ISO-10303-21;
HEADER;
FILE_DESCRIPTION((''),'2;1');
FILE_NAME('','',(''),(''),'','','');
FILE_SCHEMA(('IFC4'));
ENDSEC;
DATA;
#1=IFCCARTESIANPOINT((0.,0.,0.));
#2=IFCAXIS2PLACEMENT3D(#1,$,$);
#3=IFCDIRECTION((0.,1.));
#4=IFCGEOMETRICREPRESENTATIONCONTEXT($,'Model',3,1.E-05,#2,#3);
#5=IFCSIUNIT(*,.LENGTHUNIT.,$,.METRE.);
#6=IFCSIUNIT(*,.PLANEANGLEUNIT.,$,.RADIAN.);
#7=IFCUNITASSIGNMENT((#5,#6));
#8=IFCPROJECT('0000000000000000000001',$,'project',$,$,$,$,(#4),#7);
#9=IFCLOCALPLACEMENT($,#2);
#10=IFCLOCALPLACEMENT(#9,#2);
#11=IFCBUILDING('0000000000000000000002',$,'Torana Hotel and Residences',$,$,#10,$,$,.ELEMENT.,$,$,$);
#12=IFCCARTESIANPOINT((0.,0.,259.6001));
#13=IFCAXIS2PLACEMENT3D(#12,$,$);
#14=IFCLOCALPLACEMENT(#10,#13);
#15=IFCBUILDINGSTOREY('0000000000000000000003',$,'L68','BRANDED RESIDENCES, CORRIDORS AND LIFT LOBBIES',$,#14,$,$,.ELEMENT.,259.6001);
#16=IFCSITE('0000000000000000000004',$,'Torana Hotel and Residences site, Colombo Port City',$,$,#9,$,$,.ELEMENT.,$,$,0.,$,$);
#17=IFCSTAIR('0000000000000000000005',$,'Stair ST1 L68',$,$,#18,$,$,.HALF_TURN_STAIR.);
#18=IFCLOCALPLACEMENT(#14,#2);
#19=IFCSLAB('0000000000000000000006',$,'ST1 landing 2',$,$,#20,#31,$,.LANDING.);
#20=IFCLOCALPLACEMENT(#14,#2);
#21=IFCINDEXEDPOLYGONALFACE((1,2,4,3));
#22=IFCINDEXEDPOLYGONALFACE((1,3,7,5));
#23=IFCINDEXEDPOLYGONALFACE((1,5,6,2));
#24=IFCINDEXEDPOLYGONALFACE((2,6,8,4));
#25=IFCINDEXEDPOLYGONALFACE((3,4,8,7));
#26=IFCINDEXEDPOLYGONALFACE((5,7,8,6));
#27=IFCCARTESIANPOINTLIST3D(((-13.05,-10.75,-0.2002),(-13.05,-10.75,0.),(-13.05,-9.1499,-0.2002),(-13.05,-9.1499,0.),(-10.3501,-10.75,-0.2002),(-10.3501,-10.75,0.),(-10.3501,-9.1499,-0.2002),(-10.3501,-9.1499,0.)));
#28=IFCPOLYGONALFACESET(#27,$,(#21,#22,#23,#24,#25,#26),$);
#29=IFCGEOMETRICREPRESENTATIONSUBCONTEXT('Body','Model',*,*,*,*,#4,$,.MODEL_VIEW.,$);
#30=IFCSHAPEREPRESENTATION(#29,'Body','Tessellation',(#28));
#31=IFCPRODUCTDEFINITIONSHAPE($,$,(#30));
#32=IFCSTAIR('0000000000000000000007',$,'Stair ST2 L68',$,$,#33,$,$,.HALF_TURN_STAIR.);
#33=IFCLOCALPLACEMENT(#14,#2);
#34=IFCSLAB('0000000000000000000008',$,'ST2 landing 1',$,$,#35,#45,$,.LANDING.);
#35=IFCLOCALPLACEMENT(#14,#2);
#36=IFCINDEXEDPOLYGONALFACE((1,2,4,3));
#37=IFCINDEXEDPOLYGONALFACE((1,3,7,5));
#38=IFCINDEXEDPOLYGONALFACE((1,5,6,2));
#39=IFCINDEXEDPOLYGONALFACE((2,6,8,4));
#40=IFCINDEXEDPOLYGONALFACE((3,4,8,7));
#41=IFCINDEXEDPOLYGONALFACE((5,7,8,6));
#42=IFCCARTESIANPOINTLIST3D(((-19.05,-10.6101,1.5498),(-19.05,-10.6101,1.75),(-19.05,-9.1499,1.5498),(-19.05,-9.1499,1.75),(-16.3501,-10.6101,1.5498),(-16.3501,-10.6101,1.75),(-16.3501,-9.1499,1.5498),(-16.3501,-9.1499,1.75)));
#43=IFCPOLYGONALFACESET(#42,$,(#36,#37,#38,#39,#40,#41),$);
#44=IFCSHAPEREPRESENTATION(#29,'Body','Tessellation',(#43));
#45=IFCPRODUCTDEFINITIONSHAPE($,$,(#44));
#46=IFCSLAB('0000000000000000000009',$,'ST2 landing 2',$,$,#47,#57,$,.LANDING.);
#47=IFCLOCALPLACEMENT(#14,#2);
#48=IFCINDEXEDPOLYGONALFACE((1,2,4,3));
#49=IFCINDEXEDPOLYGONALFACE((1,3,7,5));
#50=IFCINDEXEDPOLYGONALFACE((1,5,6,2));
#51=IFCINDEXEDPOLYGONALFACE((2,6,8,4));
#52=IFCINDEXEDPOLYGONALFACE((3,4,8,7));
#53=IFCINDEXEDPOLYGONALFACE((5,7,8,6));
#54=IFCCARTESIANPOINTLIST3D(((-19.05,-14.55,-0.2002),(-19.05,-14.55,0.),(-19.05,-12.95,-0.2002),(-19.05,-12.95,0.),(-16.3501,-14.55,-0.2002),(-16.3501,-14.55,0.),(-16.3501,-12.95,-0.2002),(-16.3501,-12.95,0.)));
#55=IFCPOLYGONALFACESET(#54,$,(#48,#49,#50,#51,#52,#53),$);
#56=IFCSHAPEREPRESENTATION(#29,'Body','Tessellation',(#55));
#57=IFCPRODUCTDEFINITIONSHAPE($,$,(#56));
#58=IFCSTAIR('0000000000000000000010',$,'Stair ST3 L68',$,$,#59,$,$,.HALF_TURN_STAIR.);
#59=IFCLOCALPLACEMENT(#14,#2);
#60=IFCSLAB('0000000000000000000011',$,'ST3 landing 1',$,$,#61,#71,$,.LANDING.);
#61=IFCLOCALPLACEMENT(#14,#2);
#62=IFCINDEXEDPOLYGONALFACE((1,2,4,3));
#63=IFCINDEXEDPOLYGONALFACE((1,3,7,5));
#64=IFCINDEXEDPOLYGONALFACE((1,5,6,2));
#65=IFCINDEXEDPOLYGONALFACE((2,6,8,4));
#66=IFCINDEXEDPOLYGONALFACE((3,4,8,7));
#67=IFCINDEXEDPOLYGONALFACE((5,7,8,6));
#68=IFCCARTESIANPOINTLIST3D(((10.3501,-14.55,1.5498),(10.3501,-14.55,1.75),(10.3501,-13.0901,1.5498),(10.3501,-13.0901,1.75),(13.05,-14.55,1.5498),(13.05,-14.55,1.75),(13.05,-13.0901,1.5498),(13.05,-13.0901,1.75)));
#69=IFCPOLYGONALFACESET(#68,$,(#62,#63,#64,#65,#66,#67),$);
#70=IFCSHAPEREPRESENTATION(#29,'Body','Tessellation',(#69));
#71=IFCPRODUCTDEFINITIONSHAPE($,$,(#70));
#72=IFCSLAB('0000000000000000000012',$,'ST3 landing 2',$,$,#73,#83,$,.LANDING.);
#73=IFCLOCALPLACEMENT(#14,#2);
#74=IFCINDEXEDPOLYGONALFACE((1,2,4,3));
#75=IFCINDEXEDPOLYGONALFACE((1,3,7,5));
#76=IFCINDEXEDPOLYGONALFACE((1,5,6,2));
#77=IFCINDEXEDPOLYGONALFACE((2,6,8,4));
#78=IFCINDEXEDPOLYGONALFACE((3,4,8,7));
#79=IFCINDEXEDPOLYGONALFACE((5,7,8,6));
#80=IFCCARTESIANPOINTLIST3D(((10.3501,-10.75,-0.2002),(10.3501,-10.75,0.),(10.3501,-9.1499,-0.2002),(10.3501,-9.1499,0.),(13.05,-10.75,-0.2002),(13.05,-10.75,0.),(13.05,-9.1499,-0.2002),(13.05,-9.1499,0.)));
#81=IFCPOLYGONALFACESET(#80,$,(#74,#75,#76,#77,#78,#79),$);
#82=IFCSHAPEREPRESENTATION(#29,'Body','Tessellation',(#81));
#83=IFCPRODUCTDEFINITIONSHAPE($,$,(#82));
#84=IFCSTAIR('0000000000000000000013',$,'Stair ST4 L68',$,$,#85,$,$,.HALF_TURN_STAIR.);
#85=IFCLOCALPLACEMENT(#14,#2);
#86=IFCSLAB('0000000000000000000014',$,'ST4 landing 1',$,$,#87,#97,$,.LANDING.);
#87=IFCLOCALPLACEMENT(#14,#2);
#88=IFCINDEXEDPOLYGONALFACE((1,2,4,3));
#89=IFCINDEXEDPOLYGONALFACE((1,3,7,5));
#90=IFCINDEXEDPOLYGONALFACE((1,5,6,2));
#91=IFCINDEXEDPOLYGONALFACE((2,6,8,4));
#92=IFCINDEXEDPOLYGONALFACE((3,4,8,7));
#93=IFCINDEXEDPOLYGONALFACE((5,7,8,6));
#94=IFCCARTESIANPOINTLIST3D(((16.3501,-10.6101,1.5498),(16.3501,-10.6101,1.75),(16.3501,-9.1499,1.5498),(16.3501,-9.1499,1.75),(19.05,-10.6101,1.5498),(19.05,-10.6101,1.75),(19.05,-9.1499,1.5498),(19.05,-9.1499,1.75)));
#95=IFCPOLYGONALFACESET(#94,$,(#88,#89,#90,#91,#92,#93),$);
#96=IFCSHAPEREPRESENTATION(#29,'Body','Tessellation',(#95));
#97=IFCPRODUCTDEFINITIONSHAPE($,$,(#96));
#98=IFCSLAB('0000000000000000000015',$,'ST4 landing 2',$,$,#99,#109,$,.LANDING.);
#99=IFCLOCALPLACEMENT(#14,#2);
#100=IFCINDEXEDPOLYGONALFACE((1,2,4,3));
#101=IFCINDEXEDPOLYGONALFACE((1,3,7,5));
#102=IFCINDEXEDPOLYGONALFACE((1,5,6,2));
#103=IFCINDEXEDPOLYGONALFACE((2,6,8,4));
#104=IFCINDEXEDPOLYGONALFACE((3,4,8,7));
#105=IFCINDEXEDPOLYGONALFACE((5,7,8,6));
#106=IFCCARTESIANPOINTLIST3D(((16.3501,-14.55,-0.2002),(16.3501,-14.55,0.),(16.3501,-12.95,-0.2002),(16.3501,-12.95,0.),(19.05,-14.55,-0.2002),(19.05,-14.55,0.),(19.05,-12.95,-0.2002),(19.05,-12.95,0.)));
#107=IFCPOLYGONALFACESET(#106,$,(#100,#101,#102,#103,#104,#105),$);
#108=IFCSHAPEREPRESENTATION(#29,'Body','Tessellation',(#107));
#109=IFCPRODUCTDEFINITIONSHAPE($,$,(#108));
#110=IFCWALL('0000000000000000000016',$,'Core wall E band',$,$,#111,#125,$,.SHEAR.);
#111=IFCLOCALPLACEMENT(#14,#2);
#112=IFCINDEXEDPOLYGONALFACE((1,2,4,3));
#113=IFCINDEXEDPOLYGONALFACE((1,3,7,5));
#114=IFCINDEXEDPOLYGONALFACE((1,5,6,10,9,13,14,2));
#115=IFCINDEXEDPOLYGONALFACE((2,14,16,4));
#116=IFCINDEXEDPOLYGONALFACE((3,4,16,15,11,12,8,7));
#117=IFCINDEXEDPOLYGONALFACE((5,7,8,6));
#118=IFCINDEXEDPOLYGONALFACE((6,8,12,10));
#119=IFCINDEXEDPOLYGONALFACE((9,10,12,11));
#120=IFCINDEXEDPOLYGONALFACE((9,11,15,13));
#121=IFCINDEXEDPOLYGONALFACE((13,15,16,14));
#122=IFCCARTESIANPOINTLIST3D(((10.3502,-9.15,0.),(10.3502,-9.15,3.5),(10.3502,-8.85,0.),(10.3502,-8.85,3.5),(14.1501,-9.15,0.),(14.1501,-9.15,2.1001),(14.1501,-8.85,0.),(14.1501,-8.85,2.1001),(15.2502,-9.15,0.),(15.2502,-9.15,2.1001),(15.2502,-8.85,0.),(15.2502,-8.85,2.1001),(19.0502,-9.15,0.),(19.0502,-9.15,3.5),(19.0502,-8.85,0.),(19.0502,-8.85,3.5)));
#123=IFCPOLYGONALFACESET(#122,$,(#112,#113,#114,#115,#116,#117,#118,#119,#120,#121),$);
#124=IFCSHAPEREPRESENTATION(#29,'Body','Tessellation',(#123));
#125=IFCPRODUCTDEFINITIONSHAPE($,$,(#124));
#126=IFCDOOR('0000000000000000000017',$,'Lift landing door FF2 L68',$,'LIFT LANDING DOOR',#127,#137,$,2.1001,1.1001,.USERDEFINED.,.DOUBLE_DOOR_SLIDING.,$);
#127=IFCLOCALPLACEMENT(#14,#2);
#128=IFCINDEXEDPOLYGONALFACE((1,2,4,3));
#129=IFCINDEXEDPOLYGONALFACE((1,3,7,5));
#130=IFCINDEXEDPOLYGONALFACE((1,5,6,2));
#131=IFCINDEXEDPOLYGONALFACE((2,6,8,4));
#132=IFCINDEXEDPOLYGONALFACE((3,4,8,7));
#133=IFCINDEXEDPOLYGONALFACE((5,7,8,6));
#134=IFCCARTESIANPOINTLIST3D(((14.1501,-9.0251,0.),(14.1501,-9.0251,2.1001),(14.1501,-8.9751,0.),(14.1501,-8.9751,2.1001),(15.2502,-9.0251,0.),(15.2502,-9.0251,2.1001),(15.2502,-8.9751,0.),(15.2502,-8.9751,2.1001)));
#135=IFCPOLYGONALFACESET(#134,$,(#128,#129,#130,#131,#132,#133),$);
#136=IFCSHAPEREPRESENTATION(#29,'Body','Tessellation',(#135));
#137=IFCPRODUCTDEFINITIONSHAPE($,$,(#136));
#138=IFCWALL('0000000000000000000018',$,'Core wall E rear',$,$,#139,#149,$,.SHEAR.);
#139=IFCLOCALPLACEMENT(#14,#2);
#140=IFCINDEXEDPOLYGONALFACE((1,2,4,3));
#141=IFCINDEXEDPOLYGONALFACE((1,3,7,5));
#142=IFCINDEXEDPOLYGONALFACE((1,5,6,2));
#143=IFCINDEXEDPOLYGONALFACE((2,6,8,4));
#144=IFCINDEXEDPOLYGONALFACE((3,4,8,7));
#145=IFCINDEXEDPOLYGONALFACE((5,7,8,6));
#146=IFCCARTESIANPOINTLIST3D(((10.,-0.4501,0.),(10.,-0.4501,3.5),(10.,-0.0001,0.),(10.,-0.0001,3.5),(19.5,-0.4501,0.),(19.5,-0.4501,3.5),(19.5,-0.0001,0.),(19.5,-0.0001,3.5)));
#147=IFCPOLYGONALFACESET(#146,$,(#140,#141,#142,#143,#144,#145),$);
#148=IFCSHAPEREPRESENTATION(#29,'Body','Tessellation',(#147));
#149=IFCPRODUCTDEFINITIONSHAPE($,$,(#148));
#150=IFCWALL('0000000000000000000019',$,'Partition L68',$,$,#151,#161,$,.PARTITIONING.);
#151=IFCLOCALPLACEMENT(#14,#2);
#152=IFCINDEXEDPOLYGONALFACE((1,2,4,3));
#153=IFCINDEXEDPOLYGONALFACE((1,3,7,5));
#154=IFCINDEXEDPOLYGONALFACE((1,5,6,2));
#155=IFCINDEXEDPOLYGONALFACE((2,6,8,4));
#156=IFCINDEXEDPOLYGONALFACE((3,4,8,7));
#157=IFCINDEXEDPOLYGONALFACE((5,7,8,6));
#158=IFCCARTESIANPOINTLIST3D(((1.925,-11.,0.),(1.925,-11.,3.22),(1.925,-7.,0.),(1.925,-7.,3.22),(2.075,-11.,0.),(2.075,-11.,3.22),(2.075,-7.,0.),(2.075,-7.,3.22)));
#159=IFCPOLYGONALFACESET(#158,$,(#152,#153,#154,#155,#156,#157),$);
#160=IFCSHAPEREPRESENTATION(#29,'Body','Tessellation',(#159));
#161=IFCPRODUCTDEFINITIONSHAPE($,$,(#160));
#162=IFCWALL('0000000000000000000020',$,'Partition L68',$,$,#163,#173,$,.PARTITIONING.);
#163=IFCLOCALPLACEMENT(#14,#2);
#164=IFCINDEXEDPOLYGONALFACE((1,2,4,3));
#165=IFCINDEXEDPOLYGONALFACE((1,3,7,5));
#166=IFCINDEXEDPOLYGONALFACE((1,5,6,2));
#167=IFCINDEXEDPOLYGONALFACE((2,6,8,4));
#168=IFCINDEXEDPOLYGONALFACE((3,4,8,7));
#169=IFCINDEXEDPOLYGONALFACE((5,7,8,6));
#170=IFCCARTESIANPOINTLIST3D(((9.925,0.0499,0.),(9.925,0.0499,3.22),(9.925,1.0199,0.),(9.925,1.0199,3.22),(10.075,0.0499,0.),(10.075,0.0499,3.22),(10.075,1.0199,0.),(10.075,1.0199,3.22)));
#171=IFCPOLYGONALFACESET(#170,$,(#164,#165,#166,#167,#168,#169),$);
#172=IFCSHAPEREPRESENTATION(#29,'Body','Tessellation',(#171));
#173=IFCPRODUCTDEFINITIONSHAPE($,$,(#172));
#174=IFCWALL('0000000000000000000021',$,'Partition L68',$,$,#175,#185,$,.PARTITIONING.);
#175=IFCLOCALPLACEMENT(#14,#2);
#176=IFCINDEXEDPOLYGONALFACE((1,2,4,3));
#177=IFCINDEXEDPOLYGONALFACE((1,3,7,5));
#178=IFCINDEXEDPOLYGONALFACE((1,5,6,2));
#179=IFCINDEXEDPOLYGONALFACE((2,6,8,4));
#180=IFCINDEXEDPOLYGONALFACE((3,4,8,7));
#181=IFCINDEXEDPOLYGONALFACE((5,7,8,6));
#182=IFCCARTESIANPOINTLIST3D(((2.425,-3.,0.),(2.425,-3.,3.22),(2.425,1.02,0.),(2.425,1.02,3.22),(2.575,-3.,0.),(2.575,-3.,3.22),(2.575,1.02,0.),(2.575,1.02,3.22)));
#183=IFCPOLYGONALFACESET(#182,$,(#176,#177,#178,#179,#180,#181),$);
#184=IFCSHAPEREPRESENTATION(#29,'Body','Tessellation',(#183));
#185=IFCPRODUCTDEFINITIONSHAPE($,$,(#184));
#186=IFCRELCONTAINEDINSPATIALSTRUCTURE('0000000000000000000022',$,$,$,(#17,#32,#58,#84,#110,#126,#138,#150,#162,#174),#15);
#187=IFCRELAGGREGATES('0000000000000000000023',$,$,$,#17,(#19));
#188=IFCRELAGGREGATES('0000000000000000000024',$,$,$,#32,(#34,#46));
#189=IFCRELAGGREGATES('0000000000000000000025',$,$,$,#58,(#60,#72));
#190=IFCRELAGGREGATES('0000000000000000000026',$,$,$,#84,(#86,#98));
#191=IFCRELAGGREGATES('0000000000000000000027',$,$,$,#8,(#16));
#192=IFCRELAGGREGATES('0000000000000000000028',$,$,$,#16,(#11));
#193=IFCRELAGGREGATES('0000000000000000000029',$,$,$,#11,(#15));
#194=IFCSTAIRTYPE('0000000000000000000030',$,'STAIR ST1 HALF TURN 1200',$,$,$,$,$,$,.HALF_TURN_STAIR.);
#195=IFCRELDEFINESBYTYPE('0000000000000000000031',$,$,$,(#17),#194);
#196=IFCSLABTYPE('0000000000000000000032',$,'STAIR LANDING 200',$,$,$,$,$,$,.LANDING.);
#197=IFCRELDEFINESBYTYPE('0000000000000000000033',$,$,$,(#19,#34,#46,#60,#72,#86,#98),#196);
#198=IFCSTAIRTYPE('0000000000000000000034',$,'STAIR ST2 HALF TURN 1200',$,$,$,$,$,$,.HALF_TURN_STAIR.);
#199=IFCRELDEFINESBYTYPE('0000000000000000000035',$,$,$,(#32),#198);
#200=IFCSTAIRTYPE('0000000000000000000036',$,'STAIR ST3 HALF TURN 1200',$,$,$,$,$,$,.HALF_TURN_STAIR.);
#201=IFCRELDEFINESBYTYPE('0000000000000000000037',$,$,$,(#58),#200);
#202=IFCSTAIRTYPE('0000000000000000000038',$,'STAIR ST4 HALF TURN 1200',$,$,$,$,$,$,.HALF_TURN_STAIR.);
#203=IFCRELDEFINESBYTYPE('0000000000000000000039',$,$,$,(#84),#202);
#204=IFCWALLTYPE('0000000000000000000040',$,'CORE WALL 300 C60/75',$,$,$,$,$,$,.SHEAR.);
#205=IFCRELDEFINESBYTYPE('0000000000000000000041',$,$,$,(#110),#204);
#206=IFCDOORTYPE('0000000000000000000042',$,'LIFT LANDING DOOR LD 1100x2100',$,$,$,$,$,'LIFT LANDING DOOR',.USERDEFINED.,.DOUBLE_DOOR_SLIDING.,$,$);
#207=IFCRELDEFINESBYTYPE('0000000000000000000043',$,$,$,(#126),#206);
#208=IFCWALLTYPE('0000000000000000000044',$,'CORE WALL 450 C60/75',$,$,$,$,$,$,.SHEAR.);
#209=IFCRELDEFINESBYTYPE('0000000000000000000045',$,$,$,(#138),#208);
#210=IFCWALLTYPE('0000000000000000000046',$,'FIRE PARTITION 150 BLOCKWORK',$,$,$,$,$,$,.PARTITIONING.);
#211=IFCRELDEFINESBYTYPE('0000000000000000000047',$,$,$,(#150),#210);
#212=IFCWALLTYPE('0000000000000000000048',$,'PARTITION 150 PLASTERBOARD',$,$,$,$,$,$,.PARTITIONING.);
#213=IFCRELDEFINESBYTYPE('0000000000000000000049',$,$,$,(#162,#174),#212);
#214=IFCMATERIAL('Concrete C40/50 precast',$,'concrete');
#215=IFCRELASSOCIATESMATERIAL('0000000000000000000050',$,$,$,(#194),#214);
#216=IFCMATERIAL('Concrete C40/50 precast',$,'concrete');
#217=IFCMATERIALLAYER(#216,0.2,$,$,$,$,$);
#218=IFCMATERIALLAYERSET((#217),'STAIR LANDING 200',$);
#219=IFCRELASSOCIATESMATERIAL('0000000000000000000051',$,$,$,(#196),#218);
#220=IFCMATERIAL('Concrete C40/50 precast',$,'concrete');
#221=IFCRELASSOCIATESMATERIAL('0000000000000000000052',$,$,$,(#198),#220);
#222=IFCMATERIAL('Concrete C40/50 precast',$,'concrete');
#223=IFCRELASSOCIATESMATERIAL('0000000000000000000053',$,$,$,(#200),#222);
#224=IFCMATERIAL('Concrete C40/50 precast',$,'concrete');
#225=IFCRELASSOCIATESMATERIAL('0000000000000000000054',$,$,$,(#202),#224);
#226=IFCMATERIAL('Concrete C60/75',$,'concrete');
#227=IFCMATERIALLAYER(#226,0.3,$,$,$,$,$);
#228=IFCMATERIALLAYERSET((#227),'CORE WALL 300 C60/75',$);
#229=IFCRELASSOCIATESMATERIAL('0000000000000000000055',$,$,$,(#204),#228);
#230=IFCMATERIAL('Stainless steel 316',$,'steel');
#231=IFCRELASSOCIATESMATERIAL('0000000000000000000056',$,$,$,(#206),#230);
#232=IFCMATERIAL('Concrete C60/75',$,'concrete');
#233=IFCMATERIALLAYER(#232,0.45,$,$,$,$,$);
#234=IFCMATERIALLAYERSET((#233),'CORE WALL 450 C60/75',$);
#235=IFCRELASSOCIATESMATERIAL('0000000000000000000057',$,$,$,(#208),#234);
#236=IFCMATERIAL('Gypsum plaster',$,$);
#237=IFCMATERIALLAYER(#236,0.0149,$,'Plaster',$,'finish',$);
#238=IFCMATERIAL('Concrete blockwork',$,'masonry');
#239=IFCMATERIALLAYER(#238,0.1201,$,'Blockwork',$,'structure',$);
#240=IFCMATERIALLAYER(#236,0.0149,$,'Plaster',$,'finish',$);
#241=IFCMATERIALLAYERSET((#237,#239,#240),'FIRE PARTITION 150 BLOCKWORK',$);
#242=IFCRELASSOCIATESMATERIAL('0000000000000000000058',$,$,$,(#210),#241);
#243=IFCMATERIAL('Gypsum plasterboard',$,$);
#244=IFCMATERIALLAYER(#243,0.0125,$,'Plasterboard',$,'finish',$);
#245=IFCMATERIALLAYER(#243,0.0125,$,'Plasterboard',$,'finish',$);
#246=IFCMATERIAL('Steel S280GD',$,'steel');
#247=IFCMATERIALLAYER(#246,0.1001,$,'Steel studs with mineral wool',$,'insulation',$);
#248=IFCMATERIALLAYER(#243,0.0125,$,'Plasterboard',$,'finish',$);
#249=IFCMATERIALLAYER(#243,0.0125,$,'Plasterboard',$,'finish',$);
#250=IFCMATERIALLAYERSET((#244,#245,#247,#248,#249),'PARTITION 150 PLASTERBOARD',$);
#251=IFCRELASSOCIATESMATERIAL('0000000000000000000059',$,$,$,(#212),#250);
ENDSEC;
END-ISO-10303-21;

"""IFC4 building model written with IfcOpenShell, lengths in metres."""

from ifc_helpers import new_model, si_unit, direction, frame, frame_2d, origin, place, context, subcontext, project, spatial, polyline, rectangle, outline, extrude, material, layer, layer_set, type_object, element, fill, aggregate, save


model = new_model("IFC4")

# Units and contexts
model_context = context("Model", 3, precision=1e-05, world=origin(), true_north=direction((0.0, 1.0)))
body_context = subcontext(model_context, "Body", "Model", "MODEL_VIEW")
ifc_project = project(units=[si_unit("LENGTHUNIT", "METRE"), si_unit("PLANEANGLEUNIT", "RADIAN")], contexts=[model_context])

# Site, building, storey
site_placement = place(None, origin())
site = spatial("IfcSite", under=ifc_project, at=site_placement, Name="Torana Hotel and Residences site, Colombo Port City", CompositionType="ELEMENT", RefElevation=0.0)
building_placement = place(site_placement, origin())
building = spatial("IfcBuilding", under=site, at=building_placement, Name="Torana Hotel and Residences", CompositionType="ELEMENT")
storey_placement = place(building_placement, frame((0.0, 0.0, 259.6001)))
storey = spatial("IfcBuildingStorey", under=building, at=storey_placement, Name="L68", Description="BRANDED RESIDENCES, CORRIDORS AND LIFT LOBBIES", CompositionType="ELEMENT", Elevation=259.6001)

# Stairs, slabs
ifc_material_1 = material(Name="Concrete C40/50 precast", Category="concrete")
stair_type_1 = type_object("IfcStairType", Name="STAIR ST1 HALF TURN 1200", PredefinedType="HALF_TURN_STAIR", material=ifc_material_1)
stair_1_placement = place(storey_placement, origin())
stair_1 = element("IfcStair", 1, at=stair_1_placement, inside=storey, type_object=stair_type_1, Name="Stair ST1 L68", PredefinedType="HALF_TURN_STAIR")
ifc_material_2 = material(Name="Concrete C40/50 precast", Category="concrete")
ifc_layer_1 = layer(ifc_material_2, 0.2)
ifc_layer_set_1 = layer_set([ifc_layer_1], Name="STAIR LANDING 200")
slab_type_1 = type_object("IfcSlabType", Name="STAIR LANDING 200", PredefinedType="LANDING", material=ifc_layer_set_1)
slab_1_placement = place(storey_placement, frame((0.0, 0.0, -0.2002)))
slab_1 = element("IfcSlab", 2, at=slab_1_placement, type_object=slab_type_1, Name="ST1 landing 2", PredefinedType="LANDING", context=body_context, shape_type="SweptSolid", body=[
    extrude(outline(polyline([(-13.05, -10.75), (-10.3501, -10.75), (-10.3501, -9.1499), (-13.05, -9.1499), (-13.05, -10.75)])), origin(), (0.0, 0.0, 1.0), 0.2002),
])
aggregate(stair_1, [slab_1])
ifc_material_3 = material(Name="Concrete C40/50 precast", Category="concrete")
stair_type_2 = type_object("IfcStairType", Name="STAIR ST2 HALF TURN 1200", PredefinedType="HALF_TURN_STAIR", material=ifc_material_3)
stair_2_placement = place(storey_placement, origin())
stair_2 = element("IfcStair", 3, at=stair_2_placement, inside=storey, type_object=stair_type_2, Name="Stair ST2 L68", PredefinedType="HALF_TURN_STAIR")
slab_2_placement = place(storey_placement, frame((0.0, 0.0, 1.5498)))
slab_2 = element("IfcSlab", 4, at=slab_2_placement, type_object=slab_type_1, Name="ST2 landing 1", PredefinedType="LANDING", context=body_context, shape_type="SweptSolid", body=[
    extrude(outline(polyline([(-19.05, -10.6101), (-16.3501, -10.6101), (-16.3501, -9.1499), (-19.05, -9.1499), (-19.05, -10.6101)])), origin(), (0.0, 0.0, 1.0), 0.2002),
])
slab_3_placement = place(storey_placement, frame((0.0, 0.0, -0.2002)))
slab_3 = element("IfcSlab", 5, at=slab_3_placement, type_object=slab_type_1, Name="ST2 landing 2", PredefinedType="LANDING", context=body_context, shape_type="SweptSolid", body=[
    extrude(outline(polyline([(-19.05, -14.55), (-16.3501, -14.55), (-16.3501, -12.95), (-19.05, -12.95), (-19.05, -14.55)])), origin(), (0.0, 0.0, 1.0), 0.2002),
])
aggregate(stair_2, [slab_2, slab_3])
ifc_material_4 = material(Name="Concrete C40/50 precast", Category="concrete")
stair_type_3 = type_object("IfcStairType", Name="STAIR ST3 HALF TURN 1200", PredefinedType="HALF_TURN_STAIR", material=ifc_material_4)
stair_3_placement = place(storey_placement, origin())
stair_3 = element("IfcStair", 6, at=stair_3_placement, inside=storey, type_object=stair_type_3, Name="Stair ST3 L68", PredefinedType="HALF_TURN_STAIR")
slab_4_placement = place(storey_placement, frame((0.0, 0.0, 1.5498)))
slab_4 = element("IfcSlab", 7, at=slab_4_placement, type_object=slab_type_1, Name="ST3 landing 1", PredefinedType="LANDING", context=body_context, shape_type="SweptSolid", body=[
    extrude(outline(polyline([(10.3501, -14.55), (13.05, -14.55), (13.05, -13.0901), (10.3501, -13.0901), (10.3501, -14.55)])), origin(), (0.0, 0.0, 1.0), 0.2002),
])
slab_5_placement = place(storey_placement, frame((0.0, 0.0, -0.2002)))
slab_5 = element("IfcSlab", 8, at=slab_5_placement, type_object=slab_type_1, Name="ST3 landing 2", PredefinedType="LANDING", context=body_context, shape_type="SweptSolid", body=[
    extrude(outline(polyline([(10.3501, -10.75), (13.05, -10.75), (13.05, -9.1499), (10.3501, -9.1499), (10.3501, -10.75)])), origin(), (0.0, 0.0, 1.0), 0.2002),
])
aggregate(stair_3, [slab_4, slab_5])
ifc_material_5 = material(Name="Concrete C40/50 precast", Category="concrete")
stair_type_4 = type_object("IfcStairType", Name="STAIR ST4 HALF TURN 1200", PredefinedType="HALF_TURN_STAIR", material=ifc_material_5)
stair_4_placement = place(storey_placement, origin())
stair_4 = element("IfcStair", 9, at=stair_4_placement, inside=storey, type_object=stair_type_4, Name="Stair ST4 L68", PredefinedType="HALF_TURN_STAIR")
slab_6_placement = place(storey_placement, frame((0.0, 0.0, 1.5498)))
slab_6 = element("IfcSlab", 10, at=slab_6_placement, type_object=slab_type_1, Name="ST4 landing 1", PredefinedType="LANDING", context=body_context, shape_type="SweptSolid", body=[
    extrude(outline(polyline([(16.3501, -10.6101), (19.05, -10.6101), (19.05, -9.1499), (16.3501, -9.1499), (16.3501, -10.6101)])), origin(), (0.0, 0.0, 1.0), 0.2002),
])
slab_7_placement = place(storey_placement, frame((0.0, 0.0, -0.2002)))
slab_7 = element("IfcSlab", 11, at=slab_7_placement, type_object=slab_type_1, Name="ST4 landing 2", PredefinedType="LANDING", context=body_context, shape_type="SweptSolid", body=[
    extrude(outline(polyline([(16.3501, -14.55), (19.05, -14.55), (19.05, -12.95), (16.3501, -12.95), (16.3501, -14.55)])), origin(), (0.0, 0.0, 1.0), 0.2002),
])
aggregate(stair_4, [slab_6, slab_7])

# Wall, opening, door
ifc_material_6 = material(Name="Concrete C60/75", Category="concrete")
ifc_layer_2 = layer(ifc_material_6, 0.3)
ifc_layer_set_2 = layer_set([ifc_layer_2], Name="CORE WALL 300 C60/75")
wall_type_1 = type_object("IfcWallType", Name="CORE WALL 300 C60/75", PredefinedType="SHEAR", material=ifc_layer_set_2)
wall_1_placement = place(storey_placement, frame((10.3501, -9.0, 0.0), z_axis=(0.0, 0.0, 1.0), x_axis=(1.0, 0.0, 0.0)))
wall_1 = element("IfcWall", 12, at=wall_1_placement, inside=storey, type_object=wall_type_1, Name="Core wall E band", PredefinedType="SHEAR", context=body_context, shape_type="SweptSolid", body=[
    extrude(rectangle(XDim=8.7, YDim=0.3, at=frame_2d((4.3501, 0.0))), origin(), (0.0, 0.0, 1.0), 3.5),
])
opening_placement = place(wall_1_placement, frame((3.8, 0.0, 0.0)))
opening = element("IfcOpeningElement", 13, at=opening_placement, cuts=wall_1, PredefinedType="OPENING", context=body_context, shape_type="SweptSolid", body=[
    extrude(rectangle(XDim=1.1001, YDim=2.1001, at=frame_2d((0.55, 1.05))), frame((0.0, 0.1599, 0.0), z_axis=(0.0, -1.0, 0.0), x_axis=(1.0, 0.0, 0.0)), (0.0, 0.0, 1.0), 0.3201),
])
ifc_material_7 = material(Name="Stainless steel 316", Category="steel")
door_type = type_object("IfcDoorType", Name="LIFT LANDING DOOR LD 1100x2100", ElementType="LIFT LANDING DOOR", OperationType="DOUBLE_DOOR_SLIDING", PredefinedType="USERDEFINED", material=ifc_material_7)
door_placement = place(opening_placement, origin())
door = element("IfcDoor", 14, at=door_placement, inside=storey, type_object=door_type, Name="Lift landing door FF2 L68", ObjectType="LIFT LANDING DOOR", OperationType="DOUBLE_DOOR_SLIDING", OverallHeight=2.1001, OverallWidth=1.1001, PredefinedType="USERDEFINED", context=body_context, shape_type="SweptSolid", body=[
    extrude(rectangle(XDim=1.1001, YDim=2.1001, at=frame_2d((0.55, 1.05))), frame((0.0, 0.0249, 0.0), z_axis=(0.0, -1.0, 0.0), x_axis=(1.0, 0.0, 0.0)), (0.0, 0.0, 1.0), 0.05),
])
fill(opening, door)

# Walls
ifc_material_8 = material(Name="Concrete C60/75", Category="concrete")
ifc_layer_3 = layer(ifc_material_8, 0.45)
ifc_layer_set_3 = layer_set([ifc_layer_3], Name="CORE WALL 450 C60/75")
wall_type_2 = type_object("IfcWallType", Name="CORE WALL 450 C60/75", PredefinedType="SHEAR", material=ifc_layer_set_3)
wall_2_placement = place(storey_placement, frame((10.0, -0.2251, 0.0), z_axis=(0.0, 0.0, 1.0), x_axis=(1.0, 0.0, 0.0)))
element("IfcWall", 15, at=wall_2_placement, inside=storey, type_object=wall_type_2, Name="Core wall E rear", PredefinedType="SHEAR", context=body_context, shape_type="SweptSolid", body=[
    extrude(rectangle(XDim=9.5, YDim=0.45, at=frame_2d((4.75, 0.0))), origin(), (0.0, 0.0, 1.0), 3.5),
])
ifc_material_9 = material(Name="Gypsum plaster")
ifc_layer_4 = layer(ifc_material_9, 0.0149, Name="Plaster", Category="finish")
ifc_material_10 = material(Name="Concrete blockwork", Category="masonry")
ifc_layer_5 = layer(ifc_material_10, 0.1201, Name="Blockwork", Category="structure")
ifc_layer_6 = layer(ifc_material_9, 0.0149, Name="Plaster", Category="finish")
ifc_layer_set_4 = layer_set([ifc_layer_4, ifc_layer_5, ifc_layer_6], Name="FIRE PARTITION 150 BLOCKWORK")
wall_type_3 = type_object("IfcWallType", Name="FIRE PARTITION 150 BLOCKWORK", PredefinedType="PARTITIONING", material=ifc_layer_set_4)
wall_3_placement = place(storey_placement, frame((2.0, -11.0, 0.0), z_axis=(0.0, 0.0, 1.0), x_axis=(0.0, 1.0, 0.0)))
element("IfcWall", 16, at=wall_3_placement, inside=storey, type_object=wall_type_3, Name="Partition L68", PredefinedType="PARTITIONING", context=body_context, shape_type="SweptSolid", body=[
    extrude(rectangle(XDim=4.0, YDim=0.1499, at=frame_2d((2.0, 0.0))), origin(), (0.0, 0.0, 1.0), 3.22),
])
ifc_material_11 = material(Name="Gypsum plasterboard")
ifc_layer_7 = layer(ifc_material_11, 0.0125, Name="Plasterboard", Category="finish")
ifc_layer_8 = layer(ifc_material_11, 0.0125, Name="Plasterboard", Category="finish")
ifc_material_12 = material(Name="Steel S280GD", Category="steel")
ifc_layer_9 = layer(ifc_material_12, 0.1001, Name="Steel studs with mineral wool", Category="insulation")
ifc_layer_10 = layer(ifc_material_11, 0.0125, Name="Plasterboard", Category="finish")
ifc_layer_11 = layer(ifc_material_11, 0.0125, Name="Plasterboard", Category="finish")
ifc_layer_set_5 = layer_set([ifc_layer_7, ifc_layer_8, ifc_layer_9, ifc_layer_10, ifc_layer_11], Name="PARTITION 150 PLASTERBOARD")
wall_type_4 = type_object("IfcWallType", Name="PARTITION 150 PLASTERBOARD", PredefinedType="PARTITIONING", material=ifc_layer_set_5)
wall_4_placement = place(storey_placement, frame((10.0, 0.05, 0.0), z_axis=(0.0, 0.0, 1.0), x_axis=(0.0, 1.0, 0.0)))
element("IfcWall", 17, at=wall_4_placement, inside=storey, type_object=wall_type_4, Name="Partition L68", PredefinedType="PARTITIONING", context=body_context, shape_type="SweptSolid", body=[
    extrude(rectangle(XDim=0.97, YDim=0.1499, at=frame_2d((0.4849, 0.0))), origin(), (0.0, 0.0, 1.0), 3.22),
])
wall_5_placement = place(storey_placement, frame((2.5, -3.0, 0.0), z_axis=(0.0, 0.0, 1.0), x_axis=(0.0, 1.0, 0.0)))
element("IfcWall", 18, at=wall_5_placement, inside=storey, type_object=wall_type_4, Name="Partition L68", PredefinedType="PARTITIONING", context=body_context, shape_type="SweptSolid", body=[
    extrude(rectangle(XDim=4.02, YDim=0.1499, at=frame_2d((2.01, 0.0))), origin(), (0.0, 0.0, 1.0), 3.22),
])

save(model, "model.ifc")
